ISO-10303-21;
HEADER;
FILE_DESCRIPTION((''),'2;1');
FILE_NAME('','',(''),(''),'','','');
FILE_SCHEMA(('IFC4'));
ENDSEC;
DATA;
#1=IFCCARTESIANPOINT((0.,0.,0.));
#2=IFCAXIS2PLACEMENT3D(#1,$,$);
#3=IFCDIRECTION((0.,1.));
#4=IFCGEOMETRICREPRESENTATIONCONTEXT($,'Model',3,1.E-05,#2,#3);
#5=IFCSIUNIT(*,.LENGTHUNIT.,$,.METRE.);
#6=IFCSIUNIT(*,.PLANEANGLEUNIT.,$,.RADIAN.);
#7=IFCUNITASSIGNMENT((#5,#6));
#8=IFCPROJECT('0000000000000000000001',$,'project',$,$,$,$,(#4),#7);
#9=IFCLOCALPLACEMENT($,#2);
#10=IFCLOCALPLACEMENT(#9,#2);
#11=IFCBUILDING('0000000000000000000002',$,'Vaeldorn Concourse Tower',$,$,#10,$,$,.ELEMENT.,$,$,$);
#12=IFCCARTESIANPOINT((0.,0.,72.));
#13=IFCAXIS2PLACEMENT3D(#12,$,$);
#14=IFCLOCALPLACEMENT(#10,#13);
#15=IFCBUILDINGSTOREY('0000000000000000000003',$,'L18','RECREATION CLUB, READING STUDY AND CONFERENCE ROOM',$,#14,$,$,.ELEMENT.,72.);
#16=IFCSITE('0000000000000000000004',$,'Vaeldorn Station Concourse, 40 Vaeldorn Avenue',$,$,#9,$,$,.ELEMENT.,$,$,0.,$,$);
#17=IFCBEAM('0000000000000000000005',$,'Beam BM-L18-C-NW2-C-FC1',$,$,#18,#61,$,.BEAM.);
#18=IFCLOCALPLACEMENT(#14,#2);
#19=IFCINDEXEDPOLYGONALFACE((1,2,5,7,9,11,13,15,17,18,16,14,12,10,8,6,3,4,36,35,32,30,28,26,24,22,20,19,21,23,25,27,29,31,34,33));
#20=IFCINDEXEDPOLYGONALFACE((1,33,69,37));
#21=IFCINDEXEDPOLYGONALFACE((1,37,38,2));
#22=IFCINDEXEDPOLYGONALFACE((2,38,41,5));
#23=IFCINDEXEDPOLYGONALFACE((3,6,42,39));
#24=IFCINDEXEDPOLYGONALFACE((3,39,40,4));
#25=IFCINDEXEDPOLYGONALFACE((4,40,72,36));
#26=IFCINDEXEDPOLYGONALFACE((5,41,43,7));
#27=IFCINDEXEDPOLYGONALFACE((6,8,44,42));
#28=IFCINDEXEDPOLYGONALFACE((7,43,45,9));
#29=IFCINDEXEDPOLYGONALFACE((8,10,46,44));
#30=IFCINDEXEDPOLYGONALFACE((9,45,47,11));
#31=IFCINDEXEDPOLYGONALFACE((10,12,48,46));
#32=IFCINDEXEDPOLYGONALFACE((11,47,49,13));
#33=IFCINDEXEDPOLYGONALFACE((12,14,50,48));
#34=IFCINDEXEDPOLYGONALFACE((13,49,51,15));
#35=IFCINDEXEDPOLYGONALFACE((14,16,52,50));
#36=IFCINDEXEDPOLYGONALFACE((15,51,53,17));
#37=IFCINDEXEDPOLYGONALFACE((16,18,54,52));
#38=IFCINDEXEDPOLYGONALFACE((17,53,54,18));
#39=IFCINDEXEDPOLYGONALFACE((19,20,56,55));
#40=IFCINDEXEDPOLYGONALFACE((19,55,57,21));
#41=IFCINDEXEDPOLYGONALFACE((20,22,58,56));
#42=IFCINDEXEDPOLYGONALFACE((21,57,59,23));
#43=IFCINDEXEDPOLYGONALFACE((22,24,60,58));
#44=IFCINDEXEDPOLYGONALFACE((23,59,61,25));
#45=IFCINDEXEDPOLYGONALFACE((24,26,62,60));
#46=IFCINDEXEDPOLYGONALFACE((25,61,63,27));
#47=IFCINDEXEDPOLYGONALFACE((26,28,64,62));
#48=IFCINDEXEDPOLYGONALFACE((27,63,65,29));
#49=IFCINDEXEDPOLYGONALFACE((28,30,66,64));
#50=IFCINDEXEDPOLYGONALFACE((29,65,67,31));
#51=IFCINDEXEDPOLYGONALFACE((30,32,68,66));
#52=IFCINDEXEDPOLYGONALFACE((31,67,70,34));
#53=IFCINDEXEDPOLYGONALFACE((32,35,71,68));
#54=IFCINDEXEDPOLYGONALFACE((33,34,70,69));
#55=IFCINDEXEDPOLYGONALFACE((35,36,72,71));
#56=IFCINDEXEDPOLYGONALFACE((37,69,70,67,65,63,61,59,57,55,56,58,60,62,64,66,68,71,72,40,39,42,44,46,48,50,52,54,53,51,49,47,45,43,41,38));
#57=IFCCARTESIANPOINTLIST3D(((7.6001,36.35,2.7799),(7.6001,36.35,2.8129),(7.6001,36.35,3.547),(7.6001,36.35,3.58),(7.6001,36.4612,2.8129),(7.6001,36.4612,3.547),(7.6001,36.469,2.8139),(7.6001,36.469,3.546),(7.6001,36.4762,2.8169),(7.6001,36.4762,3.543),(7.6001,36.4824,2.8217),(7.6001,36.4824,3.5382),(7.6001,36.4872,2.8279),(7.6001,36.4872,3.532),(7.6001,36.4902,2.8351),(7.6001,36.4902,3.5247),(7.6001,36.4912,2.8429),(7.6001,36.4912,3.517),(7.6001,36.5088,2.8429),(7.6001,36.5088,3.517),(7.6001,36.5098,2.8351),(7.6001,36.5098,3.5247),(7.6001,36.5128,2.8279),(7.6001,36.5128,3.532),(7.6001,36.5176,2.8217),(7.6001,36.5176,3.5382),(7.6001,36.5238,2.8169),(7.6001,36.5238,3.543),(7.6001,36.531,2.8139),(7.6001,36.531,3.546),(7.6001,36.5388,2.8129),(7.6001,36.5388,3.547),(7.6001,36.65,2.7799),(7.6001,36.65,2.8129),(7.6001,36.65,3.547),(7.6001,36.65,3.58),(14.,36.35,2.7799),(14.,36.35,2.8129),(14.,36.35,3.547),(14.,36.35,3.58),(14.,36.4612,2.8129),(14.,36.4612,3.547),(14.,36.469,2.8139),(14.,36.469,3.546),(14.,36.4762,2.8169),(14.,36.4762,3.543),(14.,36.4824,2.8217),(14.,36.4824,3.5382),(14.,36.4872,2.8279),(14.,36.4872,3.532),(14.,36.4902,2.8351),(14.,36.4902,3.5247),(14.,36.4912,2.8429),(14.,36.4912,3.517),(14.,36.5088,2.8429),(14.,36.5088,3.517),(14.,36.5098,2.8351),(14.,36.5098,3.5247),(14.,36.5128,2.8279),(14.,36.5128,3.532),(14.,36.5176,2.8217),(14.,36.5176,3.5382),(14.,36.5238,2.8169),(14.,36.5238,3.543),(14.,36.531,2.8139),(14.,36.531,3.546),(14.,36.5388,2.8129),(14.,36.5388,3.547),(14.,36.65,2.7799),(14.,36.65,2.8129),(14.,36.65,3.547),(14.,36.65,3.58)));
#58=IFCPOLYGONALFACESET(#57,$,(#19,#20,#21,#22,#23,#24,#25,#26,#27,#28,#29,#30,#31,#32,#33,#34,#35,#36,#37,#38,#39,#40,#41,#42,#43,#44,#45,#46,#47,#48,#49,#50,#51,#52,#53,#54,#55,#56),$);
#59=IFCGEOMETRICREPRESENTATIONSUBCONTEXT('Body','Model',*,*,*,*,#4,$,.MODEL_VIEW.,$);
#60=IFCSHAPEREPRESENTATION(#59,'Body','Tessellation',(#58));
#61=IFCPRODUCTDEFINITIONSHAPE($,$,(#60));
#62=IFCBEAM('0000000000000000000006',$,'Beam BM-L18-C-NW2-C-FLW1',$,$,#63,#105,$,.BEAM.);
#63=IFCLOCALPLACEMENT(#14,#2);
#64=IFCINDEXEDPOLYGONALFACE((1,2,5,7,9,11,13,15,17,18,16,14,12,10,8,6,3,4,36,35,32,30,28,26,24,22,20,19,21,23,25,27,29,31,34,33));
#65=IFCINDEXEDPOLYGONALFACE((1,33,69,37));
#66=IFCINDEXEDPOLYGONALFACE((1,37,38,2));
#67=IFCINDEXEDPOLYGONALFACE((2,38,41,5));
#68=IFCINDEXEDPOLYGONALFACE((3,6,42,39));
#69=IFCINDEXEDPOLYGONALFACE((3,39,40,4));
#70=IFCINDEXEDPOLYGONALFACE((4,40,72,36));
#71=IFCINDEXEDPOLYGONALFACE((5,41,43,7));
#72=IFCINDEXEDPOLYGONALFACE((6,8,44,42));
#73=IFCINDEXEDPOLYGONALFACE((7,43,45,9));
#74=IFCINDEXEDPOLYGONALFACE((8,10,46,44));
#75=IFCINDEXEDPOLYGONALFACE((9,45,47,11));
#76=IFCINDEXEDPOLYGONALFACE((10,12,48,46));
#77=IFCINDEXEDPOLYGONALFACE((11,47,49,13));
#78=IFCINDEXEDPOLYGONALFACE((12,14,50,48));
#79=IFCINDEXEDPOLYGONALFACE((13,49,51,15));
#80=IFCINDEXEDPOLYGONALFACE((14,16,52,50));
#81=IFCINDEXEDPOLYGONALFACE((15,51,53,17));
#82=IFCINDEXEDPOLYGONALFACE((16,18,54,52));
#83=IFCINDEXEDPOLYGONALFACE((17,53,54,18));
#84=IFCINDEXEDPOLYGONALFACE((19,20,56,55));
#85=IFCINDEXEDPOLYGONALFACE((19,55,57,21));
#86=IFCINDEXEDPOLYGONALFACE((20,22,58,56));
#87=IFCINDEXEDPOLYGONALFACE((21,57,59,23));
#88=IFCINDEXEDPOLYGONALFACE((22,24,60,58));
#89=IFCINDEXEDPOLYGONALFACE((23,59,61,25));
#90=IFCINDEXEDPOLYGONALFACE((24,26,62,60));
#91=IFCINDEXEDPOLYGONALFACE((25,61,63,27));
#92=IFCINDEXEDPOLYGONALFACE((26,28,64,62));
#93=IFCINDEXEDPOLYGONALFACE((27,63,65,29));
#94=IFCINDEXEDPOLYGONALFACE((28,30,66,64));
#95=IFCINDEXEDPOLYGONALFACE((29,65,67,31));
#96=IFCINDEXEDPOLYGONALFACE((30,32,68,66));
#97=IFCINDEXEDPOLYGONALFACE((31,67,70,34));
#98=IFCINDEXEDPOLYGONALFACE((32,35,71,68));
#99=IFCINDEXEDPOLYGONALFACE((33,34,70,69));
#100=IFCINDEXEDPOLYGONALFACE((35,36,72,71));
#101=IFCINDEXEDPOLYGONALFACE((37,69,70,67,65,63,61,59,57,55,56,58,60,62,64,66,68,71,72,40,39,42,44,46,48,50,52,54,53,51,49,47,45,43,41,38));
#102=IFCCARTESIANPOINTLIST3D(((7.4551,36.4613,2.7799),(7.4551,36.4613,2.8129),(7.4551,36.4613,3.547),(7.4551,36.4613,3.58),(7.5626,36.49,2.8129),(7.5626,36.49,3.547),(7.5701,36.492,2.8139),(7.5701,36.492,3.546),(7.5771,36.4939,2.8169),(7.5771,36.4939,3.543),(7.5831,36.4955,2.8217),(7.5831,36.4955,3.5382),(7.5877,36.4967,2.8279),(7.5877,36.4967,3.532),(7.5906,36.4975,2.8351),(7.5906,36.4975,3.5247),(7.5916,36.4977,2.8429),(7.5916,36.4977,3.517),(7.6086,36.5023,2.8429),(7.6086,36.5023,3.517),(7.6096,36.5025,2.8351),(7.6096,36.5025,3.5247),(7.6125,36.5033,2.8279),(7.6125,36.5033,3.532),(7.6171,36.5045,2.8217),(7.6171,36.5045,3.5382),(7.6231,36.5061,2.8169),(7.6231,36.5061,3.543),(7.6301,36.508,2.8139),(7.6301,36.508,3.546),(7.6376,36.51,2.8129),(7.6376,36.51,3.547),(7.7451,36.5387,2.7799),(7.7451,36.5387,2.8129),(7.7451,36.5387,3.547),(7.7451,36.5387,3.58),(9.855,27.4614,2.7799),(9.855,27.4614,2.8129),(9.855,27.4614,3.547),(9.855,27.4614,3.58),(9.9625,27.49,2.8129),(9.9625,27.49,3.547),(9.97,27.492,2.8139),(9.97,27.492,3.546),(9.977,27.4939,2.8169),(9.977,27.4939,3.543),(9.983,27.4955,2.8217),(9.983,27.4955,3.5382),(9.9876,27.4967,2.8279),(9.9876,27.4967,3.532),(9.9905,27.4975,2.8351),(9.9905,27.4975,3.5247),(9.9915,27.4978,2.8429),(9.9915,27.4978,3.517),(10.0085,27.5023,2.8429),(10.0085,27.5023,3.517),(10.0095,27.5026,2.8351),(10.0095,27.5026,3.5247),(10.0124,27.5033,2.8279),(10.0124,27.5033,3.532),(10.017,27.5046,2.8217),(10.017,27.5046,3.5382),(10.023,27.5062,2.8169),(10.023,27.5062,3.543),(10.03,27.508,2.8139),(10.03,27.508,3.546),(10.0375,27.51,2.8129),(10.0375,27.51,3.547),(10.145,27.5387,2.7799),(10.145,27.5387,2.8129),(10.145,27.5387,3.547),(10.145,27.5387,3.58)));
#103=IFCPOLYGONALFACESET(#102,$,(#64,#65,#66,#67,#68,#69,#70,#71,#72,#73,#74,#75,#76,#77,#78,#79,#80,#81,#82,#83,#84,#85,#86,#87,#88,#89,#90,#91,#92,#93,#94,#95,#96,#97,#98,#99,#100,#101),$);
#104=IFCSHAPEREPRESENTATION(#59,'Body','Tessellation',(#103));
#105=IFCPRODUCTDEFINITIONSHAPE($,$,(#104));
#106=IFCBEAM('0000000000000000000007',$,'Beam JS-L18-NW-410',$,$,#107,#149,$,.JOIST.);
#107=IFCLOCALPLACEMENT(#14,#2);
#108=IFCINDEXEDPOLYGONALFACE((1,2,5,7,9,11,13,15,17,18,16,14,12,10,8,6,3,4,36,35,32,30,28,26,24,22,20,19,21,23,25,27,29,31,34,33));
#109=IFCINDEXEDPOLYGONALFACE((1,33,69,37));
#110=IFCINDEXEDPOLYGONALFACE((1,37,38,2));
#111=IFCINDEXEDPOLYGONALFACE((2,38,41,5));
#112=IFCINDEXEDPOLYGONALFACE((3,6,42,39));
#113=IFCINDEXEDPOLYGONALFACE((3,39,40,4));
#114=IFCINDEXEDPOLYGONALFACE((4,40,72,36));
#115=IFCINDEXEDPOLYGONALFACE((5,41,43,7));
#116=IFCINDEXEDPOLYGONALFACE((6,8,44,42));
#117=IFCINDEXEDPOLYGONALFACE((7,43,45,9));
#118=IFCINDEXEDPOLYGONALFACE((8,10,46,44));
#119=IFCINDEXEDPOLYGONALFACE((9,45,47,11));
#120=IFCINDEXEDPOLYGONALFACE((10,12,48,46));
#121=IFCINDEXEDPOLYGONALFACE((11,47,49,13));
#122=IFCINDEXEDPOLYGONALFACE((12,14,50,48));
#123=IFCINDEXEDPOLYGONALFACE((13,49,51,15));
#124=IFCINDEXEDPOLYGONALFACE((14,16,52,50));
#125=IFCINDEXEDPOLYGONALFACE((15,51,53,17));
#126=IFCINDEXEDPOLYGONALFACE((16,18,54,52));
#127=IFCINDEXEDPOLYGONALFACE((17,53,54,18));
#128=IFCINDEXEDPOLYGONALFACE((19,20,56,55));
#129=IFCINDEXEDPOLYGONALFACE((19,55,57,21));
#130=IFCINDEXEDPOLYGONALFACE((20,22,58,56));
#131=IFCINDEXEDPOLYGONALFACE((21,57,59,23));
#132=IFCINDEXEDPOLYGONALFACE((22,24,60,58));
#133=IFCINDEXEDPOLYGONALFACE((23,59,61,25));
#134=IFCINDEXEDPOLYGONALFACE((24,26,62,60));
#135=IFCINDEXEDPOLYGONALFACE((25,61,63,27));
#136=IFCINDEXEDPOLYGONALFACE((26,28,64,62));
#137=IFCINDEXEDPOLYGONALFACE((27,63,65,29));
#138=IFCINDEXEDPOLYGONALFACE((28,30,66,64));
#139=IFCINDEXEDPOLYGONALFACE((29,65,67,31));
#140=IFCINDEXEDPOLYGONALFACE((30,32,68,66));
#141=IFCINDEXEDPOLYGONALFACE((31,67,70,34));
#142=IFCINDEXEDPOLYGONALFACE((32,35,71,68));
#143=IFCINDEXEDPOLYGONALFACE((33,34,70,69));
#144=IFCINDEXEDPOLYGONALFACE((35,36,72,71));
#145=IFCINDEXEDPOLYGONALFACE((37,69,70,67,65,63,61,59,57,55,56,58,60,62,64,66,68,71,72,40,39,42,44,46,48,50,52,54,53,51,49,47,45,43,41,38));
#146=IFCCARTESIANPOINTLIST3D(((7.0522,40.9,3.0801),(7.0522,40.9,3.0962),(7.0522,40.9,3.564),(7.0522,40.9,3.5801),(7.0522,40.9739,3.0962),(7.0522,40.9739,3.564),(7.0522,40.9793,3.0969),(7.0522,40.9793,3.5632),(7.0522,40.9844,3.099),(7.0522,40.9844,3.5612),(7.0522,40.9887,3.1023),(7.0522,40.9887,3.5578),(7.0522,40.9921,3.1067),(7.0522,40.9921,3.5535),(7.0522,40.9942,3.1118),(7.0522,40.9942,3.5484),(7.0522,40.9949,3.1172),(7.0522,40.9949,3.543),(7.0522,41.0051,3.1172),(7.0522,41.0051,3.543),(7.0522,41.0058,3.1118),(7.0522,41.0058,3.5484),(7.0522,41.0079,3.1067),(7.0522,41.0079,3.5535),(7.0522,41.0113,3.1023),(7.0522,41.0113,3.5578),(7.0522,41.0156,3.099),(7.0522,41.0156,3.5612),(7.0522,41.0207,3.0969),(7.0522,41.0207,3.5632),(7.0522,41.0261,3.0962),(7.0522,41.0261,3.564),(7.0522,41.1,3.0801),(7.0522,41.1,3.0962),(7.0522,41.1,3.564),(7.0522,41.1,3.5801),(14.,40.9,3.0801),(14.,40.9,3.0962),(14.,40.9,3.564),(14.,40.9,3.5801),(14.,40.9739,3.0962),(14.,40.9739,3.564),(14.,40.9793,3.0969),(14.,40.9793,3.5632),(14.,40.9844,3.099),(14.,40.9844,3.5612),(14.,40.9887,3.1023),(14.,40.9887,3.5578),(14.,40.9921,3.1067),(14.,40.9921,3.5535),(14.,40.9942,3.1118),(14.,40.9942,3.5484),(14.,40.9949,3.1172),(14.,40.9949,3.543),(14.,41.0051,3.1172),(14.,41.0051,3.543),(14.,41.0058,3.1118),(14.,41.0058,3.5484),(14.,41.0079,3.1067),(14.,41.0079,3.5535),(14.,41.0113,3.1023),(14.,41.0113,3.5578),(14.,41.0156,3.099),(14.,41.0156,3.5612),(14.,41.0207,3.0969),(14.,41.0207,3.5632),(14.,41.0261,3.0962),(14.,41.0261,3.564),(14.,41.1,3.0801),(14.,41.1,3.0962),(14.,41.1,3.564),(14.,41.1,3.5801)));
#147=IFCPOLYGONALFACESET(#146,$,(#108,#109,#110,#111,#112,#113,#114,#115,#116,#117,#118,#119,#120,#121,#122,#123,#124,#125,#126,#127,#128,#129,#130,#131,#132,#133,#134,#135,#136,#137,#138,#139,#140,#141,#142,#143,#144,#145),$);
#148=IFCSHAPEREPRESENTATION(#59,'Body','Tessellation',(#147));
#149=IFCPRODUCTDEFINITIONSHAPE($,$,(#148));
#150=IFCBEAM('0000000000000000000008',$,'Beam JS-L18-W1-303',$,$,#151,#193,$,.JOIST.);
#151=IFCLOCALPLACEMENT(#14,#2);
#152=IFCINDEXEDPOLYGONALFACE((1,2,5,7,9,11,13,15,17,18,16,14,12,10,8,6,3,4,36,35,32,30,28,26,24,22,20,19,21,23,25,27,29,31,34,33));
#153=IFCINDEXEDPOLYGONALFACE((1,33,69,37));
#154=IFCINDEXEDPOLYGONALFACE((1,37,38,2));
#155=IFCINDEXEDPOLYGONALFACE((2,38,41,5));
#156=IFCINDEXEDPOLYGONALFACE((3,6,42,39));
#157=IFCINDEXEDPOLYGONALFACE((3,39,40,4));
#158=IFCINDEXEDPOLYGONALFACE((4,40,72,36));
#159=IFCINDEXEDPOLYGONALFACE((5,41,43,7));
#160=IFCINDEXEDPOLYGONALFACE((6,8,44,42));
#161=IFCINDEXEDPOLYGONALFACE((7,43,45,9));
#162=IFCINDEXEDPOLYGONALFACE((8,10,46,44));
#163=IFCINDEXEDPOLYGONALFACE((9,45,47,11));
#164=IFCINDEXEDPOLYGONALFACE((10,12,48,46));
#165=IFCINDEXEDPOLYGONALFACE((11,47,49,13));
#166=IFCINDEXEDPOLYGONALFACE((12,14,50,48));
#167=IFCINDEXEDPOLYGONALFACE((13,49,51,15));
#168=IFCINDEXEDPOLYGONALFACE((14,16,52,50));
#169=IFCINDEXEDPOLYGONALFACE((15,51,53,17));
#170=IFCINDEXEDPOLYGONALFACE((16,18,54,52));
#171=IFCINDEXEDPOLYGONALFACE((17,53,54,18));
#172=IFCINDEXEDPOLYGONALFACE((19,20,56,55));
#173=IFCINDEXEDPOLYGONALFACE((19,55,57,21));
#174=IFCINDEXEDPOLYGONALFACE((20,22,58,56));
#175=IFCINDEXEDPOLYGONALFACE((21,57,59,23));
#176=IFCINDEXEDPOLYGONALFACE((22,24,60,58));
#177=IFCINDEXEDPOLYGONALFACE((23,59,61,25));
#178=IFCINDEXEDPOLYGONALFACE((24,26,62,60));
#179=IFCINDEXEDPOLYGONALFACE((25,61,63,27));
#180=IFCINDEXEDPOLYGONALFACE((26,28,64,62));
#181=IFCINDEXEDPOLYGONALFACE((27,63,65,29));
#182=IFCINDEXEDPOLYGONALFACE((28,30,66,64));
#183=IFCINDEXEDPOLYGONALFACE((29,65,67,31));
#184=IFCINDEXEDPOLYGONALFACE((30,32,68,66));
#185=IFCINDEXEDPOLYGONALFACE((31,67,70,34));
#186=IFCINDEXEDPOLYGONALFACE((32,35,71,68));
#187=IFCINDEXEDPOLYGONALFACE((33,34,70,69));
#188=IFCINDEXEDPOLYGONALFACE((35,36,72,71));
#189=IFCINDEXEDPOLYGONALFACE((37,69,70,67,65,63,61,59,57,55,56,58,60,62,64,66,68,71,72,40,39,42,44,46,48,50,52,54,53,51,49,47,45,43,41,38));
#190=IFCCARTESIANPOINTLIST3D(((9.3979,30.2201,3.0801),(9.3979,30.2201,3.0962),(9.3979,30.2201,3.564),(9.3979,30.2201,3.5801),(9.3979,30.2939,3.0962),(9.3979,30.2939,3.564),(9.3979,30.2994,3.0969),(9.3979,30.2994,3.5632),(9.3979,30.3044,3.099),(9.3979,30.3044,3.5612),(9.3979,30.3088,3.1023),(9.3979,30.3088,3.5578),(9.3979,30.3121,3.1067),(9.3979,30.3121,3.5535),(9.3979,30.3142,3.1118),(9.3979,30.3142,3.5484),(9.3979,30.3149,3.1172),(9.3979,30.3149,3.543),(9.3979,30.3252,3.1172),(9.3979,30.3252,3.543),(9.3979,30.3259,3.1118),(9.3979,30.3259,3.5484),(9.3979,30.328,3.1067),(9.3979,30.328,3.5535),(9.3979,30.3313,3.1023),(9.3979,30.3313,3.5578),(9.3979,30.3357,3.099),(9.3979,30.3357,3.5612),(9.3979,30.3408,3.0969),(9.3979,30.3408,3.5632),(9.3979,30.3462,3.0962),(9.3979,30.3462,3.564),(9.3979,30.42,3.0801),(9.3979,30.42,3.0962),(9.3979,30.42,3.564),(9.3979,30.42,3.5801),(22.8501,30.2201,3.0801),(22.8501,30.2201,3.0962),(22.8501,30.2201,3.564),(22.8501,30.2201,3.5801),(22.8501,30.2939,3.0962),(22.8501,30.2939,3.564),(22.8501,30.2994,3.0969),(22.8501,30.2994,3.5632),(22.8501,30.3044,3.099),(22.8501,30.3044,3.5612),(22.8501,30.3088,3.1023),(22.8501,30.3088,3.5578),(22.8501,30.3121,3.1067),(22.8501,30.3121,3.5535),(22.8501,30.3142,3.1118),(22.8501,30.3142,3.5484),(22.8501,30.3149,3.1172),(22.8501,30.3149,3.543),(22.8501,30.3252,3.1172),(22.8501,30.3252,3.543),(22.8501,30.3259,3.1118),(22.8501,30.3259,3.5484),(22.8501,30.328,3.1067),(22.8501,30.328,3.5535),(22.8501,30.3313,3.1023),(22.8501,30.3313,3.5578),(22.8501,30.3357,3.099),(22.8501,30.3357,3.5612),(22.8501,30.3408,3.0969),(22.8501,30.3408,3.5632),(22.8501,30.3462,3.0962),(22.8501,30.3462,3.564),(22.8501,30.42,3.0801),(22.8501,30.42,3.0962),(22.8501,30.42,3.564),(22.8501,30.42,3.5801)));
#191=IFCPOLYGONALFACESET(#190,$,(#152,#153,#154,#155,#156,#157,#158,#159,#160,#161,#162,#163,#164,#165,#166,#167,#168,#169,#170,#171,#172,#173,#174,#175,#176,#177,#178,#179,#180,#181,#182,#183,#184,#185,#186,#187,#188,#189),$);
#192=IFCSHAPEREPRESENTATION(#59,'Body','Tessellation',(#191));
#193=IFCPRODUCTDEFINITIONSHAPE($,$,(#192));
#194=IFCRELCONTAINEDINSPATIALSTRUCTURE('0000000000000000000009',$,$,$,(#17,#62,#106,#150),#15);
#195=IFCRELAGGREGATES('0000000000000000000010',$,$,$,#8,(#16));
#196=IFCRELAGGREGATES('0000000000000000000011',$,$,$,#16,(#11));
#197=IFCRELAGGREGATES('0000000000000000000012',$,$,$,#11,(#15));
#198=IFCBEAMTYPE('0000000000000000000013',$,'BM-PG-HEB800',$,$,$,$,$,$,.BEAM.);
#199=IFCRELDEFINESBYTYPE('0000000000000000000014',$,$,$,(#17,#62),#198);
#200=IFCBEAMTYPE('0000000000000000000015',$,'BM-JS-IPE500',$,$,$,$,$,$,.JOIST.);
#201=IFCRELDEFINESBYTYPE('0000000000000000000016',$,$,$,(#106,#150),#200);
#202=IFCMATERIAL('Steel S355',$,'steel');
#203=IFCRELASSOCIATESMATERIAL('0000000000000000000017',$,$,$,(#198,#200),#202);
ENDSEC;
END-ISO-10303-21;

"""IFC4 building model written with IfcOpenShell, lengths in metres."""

from ifc_helpers import new_model, si_unit, direction, frame, origin, origin_2d, place, context, subcontext, project, spatial, i_section, extrude, source, transform, mapped, material, material_profile, profile_set, type_object, element, save


model = new_model("IFC4")

# Units and contexts
model_context = context("Model", 3, precision=1e-05, world=origin(), true_north=direction((0.0, 1.0)))
body_context = subcontext(model_context, "Body", "Model", "MODEL_VIEW")
ifc_project = project(units=[si_unit("LENGTHUNIT", "METRE"), si_unit("PLANEANGLEUNIT", "RADIAN")], contexts=[model_context])

# Site, building, storey
site_placement = place(None, origin())
site = spatial("IfcSite", under=ifc_project, at=site_placement, Name="Vaeldorn Station Concourse, 40 Vaeldorn Avenue", CompositionType="ELEMENT", RefElevation=0.0)
building_placement = place(site_placement, origin())
building = spatial("IfcBuilding", under=site, at=building_placement, Name="Vaeldorn Concourse Tower", CompositionType="ELEMENT")
storey_placement = place(building_placement, frame((0.0, 0.0, 72.0)))
storey = spatial("IfcBuildingStorey", under=building, at=storey_placement, Name="L18", Description="RECREATION CLUB, READING STUDY AND CONFERENCE ROOM", CompositionType="ELEMENT", Elevation=72.0)

# Beams
ifc_material_1 = material(Name="Steel S355", Category="steel")
ifc_material_profile_1 = material_profile(ifc_material_1, i_section(OverallWidth=0.3, OverallDepth=0.8, WebThickness=0.0176, FlangeThickness=0.033, FilletRadius=0.03, at=origin_2d()), Name="HEB 800")
ifc_profile_set_1 = profile_set([ifc_material_profile_1], Name="Steel S355")
beam_type_1 = type_object("IfcBeamType", Name="BM-PG-HEB800", PredefinedType="BEAM", material=ifc_profile_set_1)
shared_shape_1 = source(origin(), body_context, "Body", "SweptSolid", [
    extrude(i_section(OverallWidth=0.3, OverallDepth=0.8, WebThickness=0.0176, FlangeThickness=0.033, FilletRadius=0.03, at=origin_2d()), origin(), (0.0, 0.0, 1.0), 6.3999),
])
beam_1_placement = place(storey_placement, frame((7.6001, 36.5, 3.1799), z_axis=(1.0, 0.0, 0.0), x_axis=(0.0, 1.0, 0.0)))
element("IfcBeam", 1, at=beam_1_placement, inside=storey, type_object=beam_type_1, Name="Beam BM-L18-C-NW2-C-FC1", PredefinedType="BEAM", context=body_context, shape_type="MappedRepresentation", body=[
    mapped(shared_shape_1, transform((0.0, 0.0, 0.0), scale=1.0)),
])
shared_shape_2 = source(origin(), body_context, "Body", "SweptSolid", [
    extrude(i_section(OverallWidth=0.3, OverallDepth=0.8, WebThickness=0.0176, FlangeThickness=0.033, FilletRadius=0.03, at=origin_2d()), origin(), (0.0, 0.0, 1.0), 9.3145),
])
beam_2_placement = place(storey_placement, frame((7.6001, 36.5, 3.1799), z_axis=(0.257653, -0.966238, 0.0), x_axis=(0.966238, 0.257653, 0.0)))
element("IfcBeam", 2, at=beam_2_placement, inside=storey, type_object=beam_type_1, Name="Beam BM-L18-C-NW2-C-FLW1", PredefinedType="BEAM", context=body_context, shape_type="MappedRepresentation", body=[
    mapped(shared_shape_2, transform((0.0, 0.0, 0.0), scale=1.0)),
])
ifc_material_profile_2 = material_profile(ifc_material_1, i_section(OverallWidth=0.2, OverallDepth=0.5, WebThickness=0.0103, FlangeThickness=0.0161, FilletRadius=0.021, at=origin_2d()), Name="IPE 500")
ifc_profile_set_2 = profile_set([ifc_material_profile_2], Name="Steel S355")
beam_type_2 = type_object("IfcBeamType", Name="BM-JS-IPE500", PredefinedType="JOIST", material=ifc_profile_set_2)
shared_shape_3 = source(origin(), body_context, "Body", "SweptSolid", [
    extrude(i_section(OverallWidth=0.2, OverallDepth=0.5, WebThickness=0.0103, FlangeThickness=0.0161, FilletRadius=0.021, at=origin_2d()), origin(), (0.0, 0.0, 1.0), 6.9478),
])
beam_3_placement = place(storey_placement, frame((7.0522, 41.0, 3.3301), z_axis=(1.0, 0.0, 0.0), x_axis=(0.0, 1.0, 0.0)))
element("IfcBeam", 3, at=beam_3_placement, inside=storey, type_object=beam_type_2, Name="Beam JS-L18-NW-410", PredefinedType="JOIST", context=body_context, shape_type="MappedRepresentation", body=[
    mapped(shared_shape_3, transform((0.0, 0.0, 0.0), scale=1.0)),
])
shared_shape_4 = source(origin(), body_context, "Body", "SweptSolid", [
    extrude(i_section(OverallWidth=0.2, OverallDepth=0.5, WebThickness=0.0103, FlangeThickness=0.0161, FilletRadius=0.021, at=origin_2d()), origin(), (0.0, 0.0, 1.0), 13.4521),
])
beam_4_placement = place(storey_placement, frame((9.3979, 30.3201, 3.3301), z_axis=(1.0, 0.0, 0.0), x_axis=(0.0, 1.0, 0.0)))
element("IfcBeam", 4, at=beam_4_placement, inside=storey, type_object=beam_type_2, Name="Beam JS-L18-W1-303", PredefinedType="JOIST", context=body_context, shape_type="MappedRepresentation", body=[
    mapped(shared_shape_4, transform((0.0, 0.0, 0.0), scale=1.0)),
])

save(model, "model.ifc")
